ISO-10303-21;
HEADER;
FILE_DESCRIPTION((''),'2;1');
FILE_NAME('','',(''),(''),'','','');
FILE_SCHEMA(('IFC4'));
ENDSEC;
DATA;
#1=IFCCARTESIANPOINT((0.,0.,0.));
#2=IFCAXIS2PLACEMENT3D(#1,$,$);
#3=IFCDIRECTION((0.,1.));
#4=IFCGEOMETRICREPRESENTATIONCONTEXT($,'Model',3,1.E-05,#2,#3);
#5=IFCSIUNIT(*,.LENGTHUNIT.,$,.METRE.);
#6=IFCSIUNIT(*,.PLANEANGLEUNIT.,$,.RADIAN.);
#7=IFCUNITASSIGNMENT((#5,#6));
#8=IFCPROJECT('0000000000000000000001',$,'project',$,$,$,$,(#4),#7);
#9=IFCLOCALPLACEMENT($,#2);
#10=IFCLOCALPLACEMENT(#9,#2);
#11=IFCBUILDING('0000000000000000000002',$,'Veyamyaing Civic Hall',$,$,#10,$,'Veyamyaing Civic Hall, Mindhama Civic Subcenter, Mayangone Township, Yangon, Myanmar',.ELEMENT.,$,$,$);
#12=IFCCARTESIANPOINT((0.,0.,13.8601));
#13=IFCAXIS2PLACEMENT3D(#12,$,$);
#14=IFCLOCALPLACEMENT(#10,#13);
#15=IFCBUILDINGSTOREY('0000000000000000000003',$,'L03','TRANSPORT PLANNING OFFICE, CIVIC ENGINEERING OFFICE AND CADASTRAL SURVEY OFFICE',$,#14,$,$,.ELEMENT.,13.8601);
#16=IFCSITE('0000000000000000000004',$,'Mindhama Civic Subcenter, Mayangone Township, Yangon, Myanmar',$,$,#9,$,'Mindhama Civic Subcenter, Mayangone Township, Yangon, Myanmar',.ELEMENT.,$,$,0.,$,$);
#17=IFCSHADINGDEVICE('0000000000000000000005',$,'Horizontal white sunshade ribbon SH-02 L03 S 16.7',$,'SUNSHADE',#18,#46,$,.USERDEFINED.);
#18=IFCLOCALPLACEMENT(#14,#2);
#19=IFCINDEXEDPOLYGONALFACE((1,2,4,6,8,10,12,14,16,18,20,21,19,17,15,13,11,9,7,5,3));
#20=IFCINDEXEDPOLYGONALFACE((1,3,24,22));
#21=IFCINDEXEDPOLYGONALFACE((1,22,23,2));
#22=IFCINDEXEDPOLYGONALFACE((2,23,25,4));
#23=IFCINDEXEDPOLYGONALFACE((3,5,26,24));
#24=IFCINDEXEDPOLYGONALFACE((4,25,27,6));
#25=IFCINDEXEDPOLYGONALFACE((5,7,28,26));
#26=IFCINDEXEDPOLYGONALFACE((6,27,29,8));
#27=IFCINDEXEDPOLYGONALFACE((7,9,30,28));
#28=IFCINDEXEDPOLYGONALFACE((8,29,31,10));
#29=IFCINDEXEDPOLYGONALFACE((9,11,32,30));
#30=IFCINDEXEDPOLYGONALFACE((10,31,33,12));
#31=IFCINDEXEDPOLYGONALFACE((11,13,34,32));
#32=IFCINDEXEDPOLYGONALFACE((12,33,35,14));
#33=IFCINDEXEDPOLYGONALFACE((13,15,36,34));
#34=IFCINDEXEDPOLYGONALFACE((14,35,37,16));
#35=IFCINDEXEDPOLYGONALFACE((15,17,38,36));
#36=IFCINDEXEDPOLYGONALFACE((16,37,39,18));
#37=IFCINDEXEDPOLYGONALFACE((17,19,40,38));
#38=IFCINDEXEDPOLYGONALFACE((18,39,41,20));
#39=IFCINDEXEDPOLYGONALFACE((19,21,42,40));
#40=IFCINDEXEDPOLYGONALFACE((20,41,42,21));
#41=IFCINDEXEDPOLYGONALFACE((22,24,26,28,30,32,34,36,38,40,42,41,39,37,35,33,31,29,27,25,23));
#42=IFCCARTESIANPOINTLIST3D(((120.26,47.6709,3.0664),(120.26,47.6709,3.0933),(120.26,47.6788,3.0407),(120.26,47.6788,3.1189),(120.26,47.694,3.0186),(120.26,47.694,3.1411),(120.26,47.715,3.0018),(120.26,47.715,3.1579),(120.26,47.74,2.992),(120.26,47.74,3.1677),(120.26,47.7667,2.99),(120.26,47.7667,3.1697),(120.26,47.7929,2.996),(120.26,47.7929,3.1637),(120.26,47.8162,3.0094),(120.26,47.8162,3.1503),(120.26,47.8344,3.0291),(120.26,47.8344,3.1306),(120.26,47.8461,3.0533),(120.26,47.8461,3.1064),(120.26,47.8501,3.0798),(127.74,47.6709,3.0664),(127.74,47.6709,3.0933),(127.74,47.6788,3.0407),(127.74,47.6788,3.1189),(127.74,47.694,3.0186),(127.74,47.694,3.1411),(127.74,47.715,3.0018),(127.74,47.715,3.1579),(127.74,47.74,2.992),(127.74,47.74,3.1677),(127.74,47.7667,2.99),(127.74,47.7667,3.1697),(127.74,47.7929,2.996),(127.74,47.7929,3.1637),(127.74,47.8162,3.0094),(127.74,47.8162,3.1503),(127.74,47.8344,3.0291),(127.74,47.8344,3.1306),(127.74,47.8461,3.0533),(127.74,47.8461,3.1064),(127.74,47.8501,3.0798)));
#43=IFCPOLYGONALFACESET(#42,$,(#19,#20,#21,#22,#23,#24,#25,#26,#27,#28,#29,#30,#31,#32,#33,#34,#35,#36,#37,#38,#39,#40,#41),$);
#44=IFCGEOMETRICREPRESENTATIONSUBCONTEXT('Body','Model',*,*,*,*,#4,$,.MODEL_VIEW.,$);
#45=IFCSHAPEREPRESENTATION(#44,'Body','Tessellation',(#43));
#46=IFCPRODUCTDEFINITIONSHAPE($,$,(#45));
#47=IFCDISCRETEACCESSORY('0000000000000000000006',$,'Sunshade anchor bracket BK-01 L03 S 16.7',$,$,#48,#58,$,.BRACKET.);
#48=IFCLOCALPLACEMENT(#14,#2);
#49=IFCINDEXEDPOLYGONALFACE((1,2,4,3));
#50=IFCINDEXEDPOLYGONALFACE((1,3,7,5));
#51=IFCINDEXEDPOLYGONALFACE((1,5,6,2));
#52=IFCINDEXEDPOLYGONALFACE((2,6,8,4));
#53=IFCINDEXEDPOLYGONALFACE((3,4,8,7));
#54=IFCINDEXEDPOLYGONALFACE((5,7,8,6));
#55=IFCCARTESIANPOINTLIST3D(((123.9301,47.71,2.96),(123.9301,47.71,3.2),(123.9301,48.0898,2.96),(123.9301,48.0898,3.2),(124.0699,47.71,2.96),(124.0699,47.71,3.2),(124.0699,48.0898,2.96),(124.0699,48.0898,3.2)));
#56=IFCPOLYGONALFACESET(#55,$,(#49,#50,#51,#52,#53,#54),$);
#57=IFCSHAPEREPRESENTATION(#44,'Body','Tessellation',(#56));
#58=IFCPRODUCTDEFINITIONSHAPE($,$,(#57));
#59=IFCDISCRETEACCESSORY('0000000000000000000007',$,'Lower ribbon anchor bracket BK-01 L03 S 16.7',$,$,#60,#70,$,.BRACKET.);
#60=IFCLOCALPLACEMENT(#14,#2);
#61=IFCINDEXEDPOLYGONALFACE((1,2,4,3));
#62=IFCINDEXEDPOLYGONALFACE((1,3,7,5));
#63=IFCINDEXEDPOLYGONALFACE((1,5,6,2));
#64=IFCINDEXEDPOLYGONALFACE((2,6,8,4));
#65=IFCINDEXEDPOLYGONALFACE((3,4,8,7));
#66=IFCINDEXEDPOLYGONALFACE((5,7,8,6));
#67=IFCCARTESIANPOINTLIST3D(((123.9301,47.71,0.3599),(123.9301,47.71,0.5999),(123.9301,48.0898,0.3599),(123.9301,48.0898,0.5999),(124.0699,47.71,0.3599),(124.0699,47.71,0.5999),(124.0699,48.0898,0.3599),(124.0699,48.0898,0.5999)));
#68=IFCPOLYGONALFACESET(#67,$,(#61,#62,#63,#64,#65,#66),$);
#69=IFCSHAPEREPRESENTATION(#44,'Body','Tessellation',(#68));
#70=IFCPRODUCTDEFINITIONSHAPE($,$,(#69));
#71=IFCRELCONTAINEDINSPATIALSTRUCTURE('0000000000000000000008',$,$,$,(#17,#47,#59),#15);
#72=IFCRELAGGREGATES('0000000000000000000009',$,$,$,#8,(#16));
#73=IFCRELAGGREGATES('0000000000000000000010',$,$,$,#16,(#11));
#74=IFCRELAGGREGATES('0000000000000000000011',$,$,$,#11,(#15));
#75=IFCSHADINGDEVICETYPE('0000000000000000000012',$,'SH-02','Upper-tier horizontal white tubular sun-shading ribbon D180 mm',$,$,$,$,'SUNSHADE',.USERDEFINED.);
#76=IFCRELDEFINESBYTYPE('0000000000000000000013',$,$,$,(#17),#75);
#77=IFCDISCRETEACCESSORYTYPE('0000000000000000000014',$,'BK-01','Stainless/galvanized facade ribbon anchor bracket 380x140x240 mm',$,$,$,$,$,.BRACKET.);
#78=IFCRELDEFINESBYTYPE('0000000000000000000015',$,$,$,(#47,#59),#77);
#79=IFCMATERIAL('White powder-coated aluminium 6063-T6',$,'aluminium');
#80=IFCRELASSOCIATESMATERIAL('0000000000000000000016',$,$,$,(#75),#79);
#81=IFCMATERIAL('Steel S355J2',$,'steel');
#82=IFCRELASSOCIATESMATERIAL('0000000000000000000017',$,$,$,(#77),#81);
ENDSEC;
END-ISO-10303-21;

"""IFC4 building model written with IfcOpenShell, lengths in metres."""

from ifc_helpers import new_model, si_unit, direction, frame, origin, origin_2d, place, context, subcontext, project, spatial, rectangle, circle, extrude, material, material_profile, profile_set, type_object, element, save


model = new_model("IFC4")

# Units and contexts
model_context = context("Model", 3, precision=1e-05, world=origin(), true_north=direction((0.0, 1.0)))
body_context = subcontext(model_context, "Body", "Model", "MODEL_VIEW")
ifc_project = project(units=[si_unit("LENGTHUNIT", "METRE"), si_unit("PLANEANGLEUNIT", "RADIAN")], contexts=[model_context])

# Site, building, storey
site_placement = place(None, origin())
site = spatial("IfcSite", under=ifc_project, at=site_placement, Name="Mindhama Civic Subcenter, Mayangone Township, Yangon, Myanmar", LongName="Mindhama Civic Subcenter, Mayangone Township, Yangon, Myanmar", CompositionType="ELEMENT", RefElevation=0.0)
building_placement = place(site_placement, origin())
building = spatial("IfcBuilding", under=site, at=building_placement, Name="Veyamyaing Civic Hall", LongName="Veyamyaing Civic Hall, Mindhama Civic Subcenter, Mayangone Township, Yangon, Myanmar", CompositionType="ELEMENT")
storey_placement = place(building_placement, frame((0.0, 0.0, 13.8601)))
storey = spatial("IfcBuildingStorey", under=building, at=storey_placement, Name="L03", Description="TRANSPORT PLANNING OFFICE, CIVIC ENGINEERING OFFICE AND CADASTRAL SURVEY OFFICE", CompositionType="ELEMENT", Elevation=13.8601)

# Shared definitions
ifc_material_1 = material(Name="White powder-coated aluminium 6063-T6", Category="aluminium")

# Shading device
ifc_material_profile_1 = material_profile(ifc_material_1, circle(Radius=0.0901, at=origin_2d()), Name="SHADE-TUBE-180")
ifc_profile_set_1 = profile_set([ifc_material_profile_1], Name="White powder-coated aluminium 6063-T6")
shading_device_type = type_object("IfcShadingDeviceType", Name="SH-02", Description="Upper-tier horizontal white tubular sun-shading ribbon D180 mm", ElementType="SUNSHADE", PredefinedType="USERDEFINED", material=ifc_profile_set_1)
shading_device_placement = place(storey_placement, frame((120.26, 47.76, 3.0798), z_axis=(1.0, 0.0, 0.0), x_axis=(0.0, 1.0, 0.0)))
element("IfcShadingDevice", 1, at=shading_device_placement, inside=storey, type_object=shading_device_type, Name="Horizontal white sunshade ribbon SH-02 L03 S 16.7", ObjectType="SUNSHADE", PredefinedType="USERDEFINED", context=body_context, shape_type="SweptSolid", body=[
    extrude(circle(Radius=0.0901, at=origin_2d()), origin(), (0.0, 0.0, 1.0), 7.48),
])

# Discrete accessories
ifc_material_2 = material(Name="Steel S355J2", Category="steel")
discrete_accessory_type = type_object("IfcDiscreteAccessoryType", Name="BK-01", Description="Stainless/galvanized facade ribbon anchor bracket 380x140x240 mm", PredefinedType="BRACKET", material=ifc_material_2)
for number, where, z_axis, x_axis, name in (
    (2, (124.0, 47.8999, 2.96), (0.0, 0.0, 1.0), (0.0, -1.0, 0.0), "Sunshade anchor bracket BK-01 L03 S 16.7"),
    (3, (124.0, 47.8999, 0.3599), (0.0, 0.0, 1.0), (0.0, -1.0, 0.0), "Lower ribbon anchor bracket BK-01 L03 S 16.7"),
):
    element("IfcDiscreteAccessory", number, at=place(storey_placement, frame(where, z_axis=z_axis, x_axis=x_axis)), inside=storey, type_object=discrete_accessory_type, Name=name, PredefinedType="BRACKET", context=body_context, shape_type="SweptSolid", body=[
        extrude(rectangle(XDim=0.3799, YDim=0.1399, at=origin_2d()), origin(), (0.0, 0.0, 1.0), 0.24),
    ])

save(model, "model.ifc")
